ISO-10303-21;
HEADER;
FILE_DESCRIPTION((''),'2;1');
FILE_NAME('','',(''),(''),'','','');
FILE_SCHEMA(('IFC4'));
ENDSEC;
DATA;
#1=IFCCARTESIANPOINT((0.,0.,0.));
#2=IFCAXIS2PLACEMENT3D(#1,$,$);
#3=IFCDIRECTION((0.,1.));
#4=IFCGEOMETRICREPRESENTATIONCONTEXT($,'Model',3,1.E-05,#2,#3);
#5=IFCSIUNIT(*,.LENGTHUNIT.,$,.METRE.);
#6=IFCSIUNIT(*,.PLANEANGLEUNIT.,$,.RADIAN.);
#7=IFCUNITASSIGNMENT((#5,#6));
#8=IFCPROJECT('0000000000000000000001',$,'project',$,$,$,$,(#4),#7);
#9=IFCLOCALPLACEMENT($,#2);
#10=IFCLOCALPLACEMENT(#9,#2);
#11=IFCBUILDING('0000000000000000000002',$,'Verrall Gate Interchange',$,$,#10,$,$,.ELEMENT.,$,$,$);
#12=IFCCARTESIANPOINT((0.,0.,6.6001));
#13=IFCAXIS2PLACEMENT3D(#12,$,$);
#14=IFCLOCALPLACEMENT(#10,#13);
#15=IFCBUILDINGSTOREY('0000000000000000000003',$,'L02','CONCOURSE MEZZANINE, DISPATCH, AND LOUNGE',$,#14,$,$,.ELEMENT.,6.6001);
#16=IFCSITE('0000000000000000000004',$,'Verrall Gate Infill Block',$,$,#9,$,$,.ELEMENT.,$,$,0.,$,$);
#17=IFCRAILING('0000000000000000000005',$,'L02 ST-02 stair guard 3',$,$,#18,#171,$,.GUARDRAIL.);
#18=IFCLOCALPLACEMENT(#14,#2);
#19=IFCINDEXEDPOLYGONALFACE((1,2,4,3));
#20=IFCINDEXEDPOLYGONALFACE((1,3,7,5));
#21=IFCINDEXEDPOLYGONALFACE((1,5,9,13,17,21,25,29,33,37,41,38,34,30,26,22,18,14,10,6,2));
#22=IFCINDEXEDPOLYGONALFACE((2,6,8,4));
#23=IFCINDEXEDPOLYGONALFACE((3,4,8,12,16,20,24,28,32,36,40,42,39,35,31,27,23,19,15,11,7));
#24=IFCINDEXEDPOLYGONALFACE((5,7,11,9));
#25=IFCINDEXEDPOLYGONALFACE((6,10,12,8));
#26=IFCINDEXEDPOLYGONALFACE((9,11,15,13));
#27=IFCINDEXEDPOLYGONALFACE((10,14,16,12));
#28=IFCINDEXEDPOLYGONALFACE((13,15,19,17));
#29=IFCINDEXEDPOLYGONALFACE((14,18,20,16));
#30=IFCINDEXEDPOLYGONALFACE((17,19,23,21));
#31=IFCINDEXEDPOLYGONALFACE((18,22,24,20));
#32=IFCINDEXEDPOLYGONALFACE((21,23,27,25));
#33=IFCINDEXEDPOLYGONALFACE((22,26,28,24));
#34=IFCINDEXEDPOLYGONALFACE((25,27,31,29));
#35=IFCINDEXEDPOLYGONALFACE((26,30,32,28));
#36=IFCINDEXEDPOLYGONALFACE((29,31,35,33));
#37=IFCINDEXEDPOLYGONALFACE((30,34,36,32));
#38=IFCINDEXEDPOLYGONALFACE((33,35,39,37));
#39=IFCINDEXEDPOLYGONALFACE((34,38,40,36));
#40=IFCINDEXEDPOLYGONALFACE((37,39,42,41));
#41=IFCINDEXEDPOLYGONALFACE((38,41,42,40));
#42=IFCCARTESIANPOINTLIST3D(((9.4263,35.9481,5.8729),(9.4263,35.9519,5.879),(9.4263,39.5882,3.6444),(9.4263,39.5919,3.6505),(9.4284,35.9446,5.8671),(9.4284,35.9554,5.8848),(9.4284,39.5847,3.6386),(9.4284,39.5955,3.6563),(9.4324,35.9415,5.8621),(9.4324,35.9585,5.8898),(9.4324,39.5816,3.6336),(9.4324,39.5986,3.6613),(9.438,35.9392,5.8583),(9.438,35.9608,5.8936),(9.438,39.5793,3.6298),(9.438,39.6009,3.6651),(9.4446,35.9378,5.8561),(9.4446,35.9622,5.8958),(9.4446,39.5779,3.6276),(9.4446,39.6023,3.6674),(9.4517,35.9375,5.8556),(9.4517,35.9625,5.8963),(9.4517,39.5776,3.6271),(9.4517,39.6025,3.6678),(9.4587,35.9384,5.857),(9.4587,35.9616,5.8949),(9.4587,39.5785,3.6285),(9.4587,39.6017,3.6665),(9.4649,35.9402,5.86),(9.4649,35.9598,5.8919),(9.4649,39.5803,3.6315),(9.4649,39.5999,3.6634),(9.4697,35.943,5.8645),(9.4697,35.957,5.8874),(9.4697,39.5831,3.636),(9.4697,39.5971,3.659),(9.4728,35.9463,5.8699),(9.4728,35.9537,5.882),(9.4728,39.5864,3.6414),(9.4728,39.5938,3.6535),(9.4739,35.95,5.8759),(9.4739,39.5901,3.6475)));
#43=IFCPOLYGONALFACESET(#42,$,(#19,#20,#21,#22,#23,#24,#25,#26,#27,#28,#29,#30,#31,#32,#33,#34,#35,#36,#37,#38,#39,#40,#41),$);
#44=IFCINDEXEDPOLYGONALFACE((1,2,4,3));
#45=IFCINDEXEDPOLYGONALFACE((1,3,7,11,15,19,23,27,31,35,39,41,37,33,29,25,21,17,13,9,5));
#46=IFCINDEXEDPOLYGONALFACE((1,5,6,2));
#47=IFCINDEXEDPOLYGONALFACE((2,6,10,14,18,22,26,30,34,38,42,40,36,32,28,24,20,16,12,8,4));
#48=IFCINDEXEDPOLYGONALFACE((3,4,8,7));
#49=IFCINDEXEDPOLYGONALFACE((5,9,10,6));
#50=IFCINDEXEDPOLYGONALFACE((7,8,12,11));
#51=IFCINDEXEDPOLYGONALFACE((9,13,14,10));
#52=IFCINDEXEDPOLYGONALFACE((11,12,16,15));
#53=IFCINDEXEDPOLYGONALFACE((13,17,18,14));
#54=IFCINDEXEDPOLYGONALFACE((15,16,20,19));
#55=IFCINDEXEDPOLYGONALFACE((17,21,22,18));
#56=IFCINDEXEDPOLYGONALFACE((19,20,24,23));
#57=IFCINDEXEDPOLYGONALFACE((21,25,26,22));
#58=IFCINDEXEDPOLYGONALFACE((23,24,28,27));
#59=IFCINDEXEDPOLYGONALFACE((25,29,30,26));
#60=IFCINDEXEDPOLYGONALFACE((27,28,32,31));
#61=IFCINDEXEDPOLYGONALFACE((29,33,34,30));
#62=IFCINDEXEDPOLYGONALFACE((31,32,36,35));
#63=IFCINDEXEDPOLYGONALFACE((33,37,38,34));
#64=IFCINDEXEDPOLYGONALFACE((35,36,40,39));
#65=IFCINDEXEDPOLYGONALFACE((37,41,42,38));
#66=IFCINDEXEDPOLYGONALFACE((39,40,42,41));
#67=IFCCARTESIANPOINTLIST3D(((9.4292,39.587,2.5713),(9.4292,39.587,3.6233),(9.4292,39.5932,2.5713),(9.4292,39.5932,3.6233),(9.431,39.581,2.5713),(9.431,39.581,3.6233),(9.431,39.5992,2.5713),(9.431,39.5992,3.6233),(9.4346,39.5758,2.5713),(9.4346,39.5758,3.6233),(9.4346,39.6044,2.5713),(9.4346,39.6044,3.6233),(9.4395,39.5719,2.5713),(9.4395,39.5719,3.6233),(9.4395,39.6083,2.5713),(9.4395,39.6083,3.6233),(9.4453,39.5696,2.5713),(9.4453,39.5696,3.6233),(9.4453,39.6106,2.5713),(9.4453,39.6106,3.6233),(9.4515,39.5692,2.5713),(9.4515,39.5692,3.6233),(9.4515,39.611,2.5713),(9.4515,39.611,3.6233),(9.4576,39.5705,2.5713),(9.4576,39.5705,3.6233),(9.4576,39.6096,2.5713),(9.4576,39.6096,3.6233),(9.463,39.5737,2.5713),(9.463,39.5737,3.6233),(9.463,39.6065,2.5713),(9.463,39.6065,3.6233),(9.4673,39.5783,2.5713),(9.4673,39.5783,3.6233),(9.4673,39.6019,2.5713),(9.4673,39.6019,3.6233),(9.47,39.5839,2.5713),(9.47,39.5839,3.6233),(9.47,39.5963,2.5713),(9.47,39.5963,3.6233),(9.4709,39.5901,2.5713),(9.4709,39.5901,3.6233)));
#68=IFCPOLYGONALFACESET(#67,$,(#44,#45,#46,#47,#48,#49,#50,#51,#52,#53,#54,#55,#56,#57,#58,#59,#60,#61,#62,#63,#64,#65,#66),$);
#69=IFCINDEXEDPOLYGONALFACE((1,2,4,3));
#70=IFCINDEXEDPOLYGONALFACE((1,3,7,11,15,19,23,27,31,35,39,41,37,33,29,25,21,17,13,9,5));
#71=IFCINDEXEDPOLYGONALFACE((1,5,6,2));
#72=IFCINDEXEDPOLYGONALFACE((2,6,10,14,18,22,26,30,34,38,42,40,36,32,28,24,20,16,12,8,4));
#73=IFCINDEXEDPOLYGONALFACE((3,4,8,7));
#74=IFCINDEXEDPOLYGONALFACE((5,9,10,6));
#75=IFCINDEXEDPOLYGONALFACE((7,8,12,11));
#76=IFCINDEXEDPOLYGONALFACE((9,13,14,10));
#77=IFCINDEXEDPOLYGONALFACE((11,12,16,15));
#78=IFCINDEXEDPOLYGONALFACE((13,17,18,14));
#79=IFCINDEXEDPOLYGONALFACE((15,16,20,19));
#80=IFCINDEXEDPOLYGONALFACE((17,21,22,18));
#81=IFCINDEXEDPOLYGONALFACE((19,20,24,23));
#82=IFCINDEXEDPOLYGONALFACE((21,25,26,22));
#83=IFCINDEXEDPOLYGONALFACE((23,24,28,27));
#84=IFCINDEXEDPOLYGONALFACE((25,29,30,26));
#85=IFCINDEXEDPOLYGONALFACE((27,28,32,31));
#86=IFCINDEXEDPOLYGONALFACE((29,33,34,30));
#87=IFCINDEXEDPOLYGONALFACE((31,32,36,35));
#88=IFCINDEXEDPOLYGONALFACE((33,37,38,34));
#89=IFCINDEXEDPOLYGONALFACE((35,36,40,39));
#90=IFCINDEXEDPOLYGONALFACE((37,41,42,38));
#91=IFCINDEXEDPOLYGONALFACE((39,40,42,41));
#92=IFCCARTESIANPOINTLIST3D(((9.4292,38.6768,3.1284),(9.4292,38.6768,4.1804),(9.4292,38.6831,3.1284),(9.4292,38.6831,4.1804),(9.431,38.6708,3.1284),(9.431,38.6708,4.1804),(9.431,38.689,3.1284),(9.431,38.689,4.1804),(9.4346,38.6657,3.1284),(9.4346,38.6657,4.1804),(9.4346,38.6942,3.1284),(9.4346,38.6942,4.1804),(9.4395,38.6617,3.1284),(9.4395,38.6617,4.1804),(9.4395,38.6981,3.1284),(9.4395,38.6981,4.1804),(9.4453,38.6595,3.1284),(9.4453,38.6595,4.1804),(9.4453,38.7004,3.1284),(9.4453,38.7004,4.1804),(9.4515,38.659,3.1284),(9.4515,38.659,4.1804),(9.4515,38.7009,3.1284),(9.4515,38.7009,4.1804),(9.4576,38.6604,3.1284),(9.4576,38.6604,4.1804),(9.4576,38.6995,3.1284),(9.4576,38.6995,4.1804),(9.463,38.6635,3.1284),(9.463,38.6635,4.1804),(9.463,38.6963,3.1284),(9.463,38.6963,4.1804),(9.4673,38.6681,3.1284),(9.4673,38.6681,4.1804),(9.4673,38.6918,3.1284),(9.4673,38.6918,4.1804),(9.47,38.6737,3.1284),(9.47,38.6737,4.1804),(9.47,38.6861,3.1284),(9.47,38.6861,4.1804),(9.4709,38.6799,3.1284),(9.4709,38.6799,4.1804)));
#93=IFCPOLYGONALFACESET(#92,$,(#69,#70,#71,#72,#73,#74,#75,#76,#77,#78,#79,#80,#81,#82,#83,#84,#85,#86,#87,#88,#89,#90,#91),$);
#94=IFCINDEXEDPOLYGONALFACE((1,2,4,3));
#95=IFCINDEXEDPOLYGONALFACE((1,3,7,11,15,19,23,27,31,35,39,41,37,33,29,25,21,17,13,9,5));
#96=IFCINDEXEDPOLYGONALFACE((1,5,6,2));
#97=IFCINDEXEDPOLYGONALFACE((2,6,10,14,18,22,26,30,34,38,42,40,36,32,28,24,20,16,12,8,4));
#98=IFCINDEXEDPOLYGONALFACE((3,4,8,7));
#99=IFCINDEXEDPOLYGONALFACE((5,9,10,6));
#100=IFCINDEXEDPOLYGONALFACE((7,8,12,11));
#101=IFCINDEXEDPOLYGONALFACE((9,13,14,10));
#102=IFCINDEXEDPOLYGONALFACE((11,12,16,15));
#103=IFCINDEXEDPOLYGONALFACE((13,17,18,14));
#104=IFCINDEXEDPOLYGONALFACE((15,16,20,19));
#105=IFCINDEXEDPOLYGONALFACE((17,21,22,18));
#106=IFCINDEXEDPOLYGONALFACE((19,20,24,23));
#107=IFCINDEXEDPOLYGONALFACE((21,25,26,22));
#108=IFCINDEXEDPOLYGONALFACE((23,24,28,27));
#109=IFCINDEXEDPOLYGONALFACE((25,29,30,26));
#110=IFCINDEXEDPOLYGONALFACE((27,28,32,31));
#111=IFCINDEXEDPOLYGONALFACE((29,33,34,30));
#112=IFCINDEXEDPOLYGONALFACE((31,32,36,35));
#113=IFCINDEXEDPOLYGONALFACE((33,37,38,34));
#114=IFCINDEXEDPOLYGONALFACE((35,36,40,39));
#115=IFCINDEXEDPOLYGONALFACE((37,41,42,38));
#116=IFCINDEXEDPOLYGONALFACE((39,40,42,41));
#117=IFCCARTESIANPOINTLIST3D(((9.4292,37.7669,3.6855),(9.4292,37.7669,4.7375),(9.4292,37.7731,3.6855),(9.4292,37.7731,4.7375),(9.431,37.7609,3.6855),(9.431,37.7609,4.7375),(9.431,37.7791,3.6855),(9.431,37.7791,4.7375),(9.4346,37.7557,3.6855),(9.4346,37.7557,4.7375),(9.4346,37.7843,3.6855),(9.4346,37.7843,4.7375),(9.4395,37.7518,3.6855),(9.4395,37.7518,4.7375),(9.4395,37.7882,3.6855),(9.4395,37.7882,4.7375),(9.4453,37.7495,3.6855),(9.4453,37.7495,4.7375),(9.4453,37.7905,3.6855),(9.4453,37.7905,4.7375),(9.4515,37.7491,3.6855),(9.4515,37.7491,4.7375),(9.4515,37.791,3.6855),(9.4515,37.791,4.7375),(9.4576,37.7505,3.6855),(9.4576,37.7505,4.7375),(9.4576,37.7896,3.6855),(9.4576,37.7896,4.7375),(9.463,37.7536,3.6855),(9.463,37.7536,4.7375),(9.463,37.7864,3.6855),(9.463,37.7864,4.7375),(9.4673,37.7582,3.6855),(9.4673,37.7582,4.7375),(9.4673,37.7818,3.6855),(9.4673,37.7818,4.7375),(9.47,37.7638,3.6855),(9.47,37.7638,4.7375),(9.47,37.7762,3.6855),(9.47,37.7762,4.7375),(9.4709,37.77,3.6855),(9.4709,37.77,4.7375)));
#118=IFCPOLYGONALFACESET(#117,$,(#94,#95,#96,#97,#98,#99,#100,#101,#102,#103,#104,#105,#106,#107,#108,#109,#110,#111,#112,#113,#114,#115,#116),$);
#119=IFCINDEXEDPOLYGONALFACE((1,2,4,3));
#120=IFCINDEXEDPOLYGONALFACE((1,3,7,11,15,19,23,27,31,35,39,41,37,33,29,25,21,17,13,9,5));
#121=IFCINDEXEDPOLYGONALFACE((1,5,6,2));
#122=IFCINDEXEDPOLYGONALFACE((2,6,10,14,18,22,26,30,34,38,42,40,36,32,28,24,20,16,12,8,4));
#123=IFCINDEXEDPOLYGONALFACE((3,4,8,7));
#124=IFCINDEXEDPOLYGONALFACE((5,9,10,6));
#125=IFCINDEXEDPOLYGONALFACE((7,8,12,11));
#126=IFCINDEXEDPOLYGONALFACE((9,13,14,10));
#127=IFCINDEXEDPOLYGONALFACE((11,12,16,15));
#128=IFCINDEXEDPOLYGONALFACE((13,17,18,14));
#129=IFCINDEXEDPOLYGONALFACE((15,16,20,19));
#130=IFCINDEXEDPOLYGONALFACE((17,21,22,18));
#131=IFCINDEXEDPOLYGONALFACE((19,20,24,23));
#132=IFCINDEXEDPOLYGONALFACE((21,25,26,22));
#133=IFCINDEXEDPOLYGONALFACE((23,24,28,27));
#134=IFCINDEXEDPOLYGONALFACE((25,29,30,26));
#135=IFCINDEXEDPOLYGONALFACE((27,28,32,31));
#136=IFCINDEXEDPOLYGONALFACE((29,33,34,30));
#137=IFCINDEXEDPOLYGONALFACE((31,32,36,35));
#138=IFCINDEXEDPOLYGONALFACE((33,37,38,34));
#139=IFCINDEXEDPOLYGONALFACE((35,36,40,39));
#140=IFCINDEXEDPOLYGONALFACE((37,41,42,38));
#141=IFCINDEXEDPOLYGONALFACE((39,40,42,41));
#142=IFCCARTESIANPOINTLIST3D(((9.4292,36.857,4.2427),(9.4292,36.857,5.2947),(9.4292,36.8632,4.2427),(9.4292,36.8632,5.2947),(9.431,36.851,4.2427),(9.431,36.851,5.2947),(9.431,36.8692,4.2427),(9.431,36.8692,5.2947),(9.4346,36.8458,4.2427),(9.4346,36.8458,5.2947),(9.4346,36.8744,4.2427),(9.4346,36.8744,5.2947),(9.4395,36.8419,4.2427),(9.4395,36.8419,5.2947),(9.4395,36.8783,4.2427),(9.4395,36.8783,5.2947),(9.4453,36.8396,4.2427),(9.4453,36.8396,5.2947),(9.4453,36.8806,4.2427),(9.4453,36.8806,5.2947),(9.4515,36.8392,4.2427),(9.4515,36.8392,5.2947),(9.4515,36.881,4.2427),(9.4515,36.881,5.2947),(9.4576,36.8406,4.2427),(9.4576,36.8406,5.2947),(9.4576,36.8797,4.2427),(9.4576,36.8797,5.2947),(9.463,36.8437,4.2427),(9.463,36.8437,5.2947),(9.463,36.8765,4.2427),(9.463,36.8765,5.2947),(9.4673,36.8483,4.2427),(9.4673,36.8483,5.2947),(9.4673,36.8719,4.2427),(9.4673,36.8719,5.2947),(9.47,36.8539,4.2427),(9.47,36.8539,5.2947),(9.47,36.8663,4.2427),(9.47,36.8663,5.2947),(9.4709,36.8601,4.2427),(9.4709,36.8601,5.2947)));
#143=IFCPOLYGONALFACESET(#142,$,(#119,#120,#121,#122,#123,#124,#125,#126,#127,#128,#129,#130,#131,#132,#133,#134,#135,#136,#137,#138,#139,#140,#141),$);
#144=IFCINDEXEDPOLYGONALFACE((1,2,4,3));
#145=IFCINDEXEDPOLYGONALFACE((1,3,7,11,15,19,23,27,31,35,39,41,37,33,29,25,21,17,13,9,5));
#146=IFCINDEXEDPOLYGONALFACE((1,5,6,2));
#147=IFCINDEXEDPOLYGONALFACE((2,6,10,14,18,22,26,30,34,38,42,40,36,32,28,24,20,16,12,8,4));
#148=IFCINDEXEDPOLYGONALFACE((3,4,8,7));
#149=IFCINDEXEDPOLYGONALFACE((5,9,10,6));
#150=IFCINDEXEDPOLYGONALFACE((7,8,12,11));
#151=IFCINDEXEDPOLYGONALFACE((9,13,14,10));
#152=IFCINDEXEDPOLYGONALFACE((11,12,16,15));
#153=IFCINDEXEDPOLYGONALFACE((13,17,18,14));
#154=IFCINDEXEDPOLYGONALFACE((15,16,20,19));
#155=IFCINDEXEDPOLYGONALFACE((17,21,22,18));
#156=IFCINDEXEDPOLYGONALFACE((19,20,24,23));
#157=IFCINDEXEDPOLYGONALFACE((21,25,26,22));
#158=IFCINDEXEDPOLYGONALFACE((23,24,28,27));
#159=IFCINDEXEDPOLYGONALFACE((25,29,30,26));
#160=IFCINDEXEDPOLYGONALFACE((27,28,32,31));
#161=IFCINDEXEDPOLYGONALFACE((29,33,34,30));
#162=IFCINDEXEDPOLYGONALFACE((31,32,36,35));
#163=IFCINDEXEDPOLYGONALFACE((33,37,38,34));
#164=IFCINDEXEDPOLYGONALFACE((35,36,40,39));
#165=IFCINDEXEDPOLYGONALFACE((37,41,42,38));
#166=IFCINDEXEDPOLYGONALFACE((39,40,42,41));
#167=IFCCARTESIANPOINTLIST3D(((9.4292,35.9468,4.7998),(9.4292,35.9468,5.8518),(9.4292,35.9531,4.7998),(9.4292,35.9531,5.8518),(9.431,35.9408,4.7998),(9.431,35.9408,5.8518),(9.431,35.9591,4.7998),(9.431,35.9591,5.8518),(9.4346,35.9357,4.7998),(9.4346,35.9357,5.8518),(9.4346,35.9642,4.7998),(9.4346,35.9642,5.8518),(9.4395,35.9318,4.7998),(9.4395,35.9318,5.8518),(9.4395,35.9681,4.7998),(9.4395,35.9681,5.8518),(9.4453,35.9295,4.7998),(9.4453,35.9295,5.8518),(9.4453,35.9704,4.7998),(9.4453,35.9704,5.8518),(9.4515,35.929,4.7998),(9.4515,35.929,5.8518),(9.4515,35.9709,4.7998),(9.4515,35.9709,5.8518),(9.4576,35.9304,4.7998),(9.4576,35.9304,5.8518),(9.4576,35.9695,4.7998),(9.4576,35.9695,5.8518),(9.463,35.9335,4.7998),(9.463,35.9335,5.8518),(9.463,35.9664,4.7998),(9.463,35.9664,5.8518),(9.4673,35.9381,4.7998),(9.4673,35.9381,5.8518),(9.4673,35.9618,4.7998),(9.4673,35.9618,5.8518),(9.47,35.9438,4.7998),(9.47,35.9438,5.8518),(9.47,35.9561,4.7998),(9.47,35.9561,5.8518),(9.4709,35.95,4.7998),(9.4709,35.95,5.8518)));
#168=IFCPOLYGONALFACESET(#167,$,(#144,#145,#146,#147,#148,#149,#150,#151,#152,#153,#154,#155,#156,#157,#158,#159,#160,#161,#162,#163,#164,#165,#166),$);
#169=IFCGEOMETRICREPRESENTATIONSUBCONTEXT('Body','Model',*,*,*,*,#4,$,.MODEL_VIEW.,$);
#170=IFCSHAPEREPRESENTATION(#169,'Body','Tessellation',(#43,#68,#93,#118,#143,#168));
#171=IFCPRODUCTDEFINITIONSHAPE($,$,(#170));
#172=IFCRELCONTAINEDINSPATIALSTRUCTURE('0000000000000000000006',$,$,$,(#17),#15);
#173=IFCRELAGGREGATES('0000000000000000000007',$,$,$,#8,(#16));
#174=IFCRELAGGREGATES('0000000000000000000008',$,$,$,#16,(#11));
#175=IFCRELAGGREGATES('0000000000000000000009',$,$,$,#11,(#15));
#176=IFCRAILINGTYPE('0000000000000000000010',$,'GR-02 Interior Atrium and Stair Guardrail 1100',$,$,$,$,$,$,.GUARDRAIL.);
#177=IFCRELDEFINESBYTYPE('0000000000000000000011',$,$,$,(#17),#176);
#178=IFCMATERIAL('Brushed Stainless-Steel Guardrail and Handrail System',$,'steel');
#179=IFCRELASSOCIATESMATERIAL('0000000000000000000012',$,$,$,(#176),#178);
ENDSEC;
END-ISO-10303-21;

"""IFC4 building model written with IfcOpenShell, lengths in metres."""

from ifc_helpers import new_model, si_unit, direction, frame, origin, origin_2d, place, context, subcontext, project, spatial, circle, extrude, material, type_object, element, save


model = new_model("IFC4")

# Units and contexts
model_context = context("Model", 3, precision=1e-05, world=origin(), true_north=direction((0.0, 1.0)))
body_context = subcontext(model_context, "Body", "Model", "MODEL_VIEW")
ifc_project = project(units=[si_unit("LENGTHUNIT", "METRE"), si_unit("PLANEANGLEUNIT", "RADIAN")], contexts=[model_context])

# Site, building, storey
site_placement = place(None, origin())
site = spatial("IfcSite", under=ifc_project, at=site_placement, Name="Verrall Gate Infill Block", CompositionType="ELEMENT", RefElevation=0.0)
building_placement = place(site_placement, origin())
building = spatial("IfcBuilding", under=site, at=building_placement, Name="Verrall Gate Interchange", CompositionType="ELEMENT")
storey_placement = place(building_placement, frame((0.0, 0.0, 6.6001)))
storey = spatial("IfcBuildingStorey", under=building, at=storey_placement, Name="L02", Description="CONCOURSE MEZZANINE, DISPATCH, AND LOUNGE", CompositionType="ELEMENT", Elevation=6.6001)

# Railing
ifc_material_1 = material(Name="Brushed Stainless-Steel Guardrail and Handrail System", Category="steel")
railing_type_1 = type_object("IfcRailingType", Name="GR-02 Interior Atrium and Stair Guardrail 1100", PredefinedType="GUARDRAIL", material=ifc_material_1)
railing_1_placement = place(storey_placement, frame((9.45, 39.5901, 2.5713)))
element("IfcRailing", 1, at=railing_1_placement, inside=storey, type_object=railing_type_1, Name="L02 ST-02 stair guard 3", PredefinedType="GUARDRAIL", context=body_context, shape_type="SweptSolid", body=[
    extrude(circle(Radius=0.0239, at=origin_2d()), frame((0.0, 0.0, 1.0762), z_axis=(0.0, -0.852866, 0.52213), x_axis=(1.0, 0.0, 0.0)), (0.0, 0.0, 1.0), 4.2681),
    extrude(circle(Radius=0.021, at=origin_2d()), origin(), (0.0, 0.0, 1.0), 1.052),
    extrude(circle(Radius=0.021, at=origin_2d()), frame((0.0, -0.9102, 0.5571)), (0.0, 0.0, 1.0), 1.052),
    extrude(circle(Radius=0.021, at=origin_2d()), frame((0.0, -1.8201, 1.1143)), (0.0, 0.0, 1.0), 1.052),
    extrude(circle(Radius=0.021, at=origin_2d()), frame((0.0, -2.73, 1.6714)), (0.0, 0.0, 1.0), 1.052),
    extrude(circle(Radius=0.021, at=origin_2d()), frame((0.0, -3.6401, 2.2285)), (0.0, 0.0, 1.0), 1.052),
])

save(model, "model.ifc")
